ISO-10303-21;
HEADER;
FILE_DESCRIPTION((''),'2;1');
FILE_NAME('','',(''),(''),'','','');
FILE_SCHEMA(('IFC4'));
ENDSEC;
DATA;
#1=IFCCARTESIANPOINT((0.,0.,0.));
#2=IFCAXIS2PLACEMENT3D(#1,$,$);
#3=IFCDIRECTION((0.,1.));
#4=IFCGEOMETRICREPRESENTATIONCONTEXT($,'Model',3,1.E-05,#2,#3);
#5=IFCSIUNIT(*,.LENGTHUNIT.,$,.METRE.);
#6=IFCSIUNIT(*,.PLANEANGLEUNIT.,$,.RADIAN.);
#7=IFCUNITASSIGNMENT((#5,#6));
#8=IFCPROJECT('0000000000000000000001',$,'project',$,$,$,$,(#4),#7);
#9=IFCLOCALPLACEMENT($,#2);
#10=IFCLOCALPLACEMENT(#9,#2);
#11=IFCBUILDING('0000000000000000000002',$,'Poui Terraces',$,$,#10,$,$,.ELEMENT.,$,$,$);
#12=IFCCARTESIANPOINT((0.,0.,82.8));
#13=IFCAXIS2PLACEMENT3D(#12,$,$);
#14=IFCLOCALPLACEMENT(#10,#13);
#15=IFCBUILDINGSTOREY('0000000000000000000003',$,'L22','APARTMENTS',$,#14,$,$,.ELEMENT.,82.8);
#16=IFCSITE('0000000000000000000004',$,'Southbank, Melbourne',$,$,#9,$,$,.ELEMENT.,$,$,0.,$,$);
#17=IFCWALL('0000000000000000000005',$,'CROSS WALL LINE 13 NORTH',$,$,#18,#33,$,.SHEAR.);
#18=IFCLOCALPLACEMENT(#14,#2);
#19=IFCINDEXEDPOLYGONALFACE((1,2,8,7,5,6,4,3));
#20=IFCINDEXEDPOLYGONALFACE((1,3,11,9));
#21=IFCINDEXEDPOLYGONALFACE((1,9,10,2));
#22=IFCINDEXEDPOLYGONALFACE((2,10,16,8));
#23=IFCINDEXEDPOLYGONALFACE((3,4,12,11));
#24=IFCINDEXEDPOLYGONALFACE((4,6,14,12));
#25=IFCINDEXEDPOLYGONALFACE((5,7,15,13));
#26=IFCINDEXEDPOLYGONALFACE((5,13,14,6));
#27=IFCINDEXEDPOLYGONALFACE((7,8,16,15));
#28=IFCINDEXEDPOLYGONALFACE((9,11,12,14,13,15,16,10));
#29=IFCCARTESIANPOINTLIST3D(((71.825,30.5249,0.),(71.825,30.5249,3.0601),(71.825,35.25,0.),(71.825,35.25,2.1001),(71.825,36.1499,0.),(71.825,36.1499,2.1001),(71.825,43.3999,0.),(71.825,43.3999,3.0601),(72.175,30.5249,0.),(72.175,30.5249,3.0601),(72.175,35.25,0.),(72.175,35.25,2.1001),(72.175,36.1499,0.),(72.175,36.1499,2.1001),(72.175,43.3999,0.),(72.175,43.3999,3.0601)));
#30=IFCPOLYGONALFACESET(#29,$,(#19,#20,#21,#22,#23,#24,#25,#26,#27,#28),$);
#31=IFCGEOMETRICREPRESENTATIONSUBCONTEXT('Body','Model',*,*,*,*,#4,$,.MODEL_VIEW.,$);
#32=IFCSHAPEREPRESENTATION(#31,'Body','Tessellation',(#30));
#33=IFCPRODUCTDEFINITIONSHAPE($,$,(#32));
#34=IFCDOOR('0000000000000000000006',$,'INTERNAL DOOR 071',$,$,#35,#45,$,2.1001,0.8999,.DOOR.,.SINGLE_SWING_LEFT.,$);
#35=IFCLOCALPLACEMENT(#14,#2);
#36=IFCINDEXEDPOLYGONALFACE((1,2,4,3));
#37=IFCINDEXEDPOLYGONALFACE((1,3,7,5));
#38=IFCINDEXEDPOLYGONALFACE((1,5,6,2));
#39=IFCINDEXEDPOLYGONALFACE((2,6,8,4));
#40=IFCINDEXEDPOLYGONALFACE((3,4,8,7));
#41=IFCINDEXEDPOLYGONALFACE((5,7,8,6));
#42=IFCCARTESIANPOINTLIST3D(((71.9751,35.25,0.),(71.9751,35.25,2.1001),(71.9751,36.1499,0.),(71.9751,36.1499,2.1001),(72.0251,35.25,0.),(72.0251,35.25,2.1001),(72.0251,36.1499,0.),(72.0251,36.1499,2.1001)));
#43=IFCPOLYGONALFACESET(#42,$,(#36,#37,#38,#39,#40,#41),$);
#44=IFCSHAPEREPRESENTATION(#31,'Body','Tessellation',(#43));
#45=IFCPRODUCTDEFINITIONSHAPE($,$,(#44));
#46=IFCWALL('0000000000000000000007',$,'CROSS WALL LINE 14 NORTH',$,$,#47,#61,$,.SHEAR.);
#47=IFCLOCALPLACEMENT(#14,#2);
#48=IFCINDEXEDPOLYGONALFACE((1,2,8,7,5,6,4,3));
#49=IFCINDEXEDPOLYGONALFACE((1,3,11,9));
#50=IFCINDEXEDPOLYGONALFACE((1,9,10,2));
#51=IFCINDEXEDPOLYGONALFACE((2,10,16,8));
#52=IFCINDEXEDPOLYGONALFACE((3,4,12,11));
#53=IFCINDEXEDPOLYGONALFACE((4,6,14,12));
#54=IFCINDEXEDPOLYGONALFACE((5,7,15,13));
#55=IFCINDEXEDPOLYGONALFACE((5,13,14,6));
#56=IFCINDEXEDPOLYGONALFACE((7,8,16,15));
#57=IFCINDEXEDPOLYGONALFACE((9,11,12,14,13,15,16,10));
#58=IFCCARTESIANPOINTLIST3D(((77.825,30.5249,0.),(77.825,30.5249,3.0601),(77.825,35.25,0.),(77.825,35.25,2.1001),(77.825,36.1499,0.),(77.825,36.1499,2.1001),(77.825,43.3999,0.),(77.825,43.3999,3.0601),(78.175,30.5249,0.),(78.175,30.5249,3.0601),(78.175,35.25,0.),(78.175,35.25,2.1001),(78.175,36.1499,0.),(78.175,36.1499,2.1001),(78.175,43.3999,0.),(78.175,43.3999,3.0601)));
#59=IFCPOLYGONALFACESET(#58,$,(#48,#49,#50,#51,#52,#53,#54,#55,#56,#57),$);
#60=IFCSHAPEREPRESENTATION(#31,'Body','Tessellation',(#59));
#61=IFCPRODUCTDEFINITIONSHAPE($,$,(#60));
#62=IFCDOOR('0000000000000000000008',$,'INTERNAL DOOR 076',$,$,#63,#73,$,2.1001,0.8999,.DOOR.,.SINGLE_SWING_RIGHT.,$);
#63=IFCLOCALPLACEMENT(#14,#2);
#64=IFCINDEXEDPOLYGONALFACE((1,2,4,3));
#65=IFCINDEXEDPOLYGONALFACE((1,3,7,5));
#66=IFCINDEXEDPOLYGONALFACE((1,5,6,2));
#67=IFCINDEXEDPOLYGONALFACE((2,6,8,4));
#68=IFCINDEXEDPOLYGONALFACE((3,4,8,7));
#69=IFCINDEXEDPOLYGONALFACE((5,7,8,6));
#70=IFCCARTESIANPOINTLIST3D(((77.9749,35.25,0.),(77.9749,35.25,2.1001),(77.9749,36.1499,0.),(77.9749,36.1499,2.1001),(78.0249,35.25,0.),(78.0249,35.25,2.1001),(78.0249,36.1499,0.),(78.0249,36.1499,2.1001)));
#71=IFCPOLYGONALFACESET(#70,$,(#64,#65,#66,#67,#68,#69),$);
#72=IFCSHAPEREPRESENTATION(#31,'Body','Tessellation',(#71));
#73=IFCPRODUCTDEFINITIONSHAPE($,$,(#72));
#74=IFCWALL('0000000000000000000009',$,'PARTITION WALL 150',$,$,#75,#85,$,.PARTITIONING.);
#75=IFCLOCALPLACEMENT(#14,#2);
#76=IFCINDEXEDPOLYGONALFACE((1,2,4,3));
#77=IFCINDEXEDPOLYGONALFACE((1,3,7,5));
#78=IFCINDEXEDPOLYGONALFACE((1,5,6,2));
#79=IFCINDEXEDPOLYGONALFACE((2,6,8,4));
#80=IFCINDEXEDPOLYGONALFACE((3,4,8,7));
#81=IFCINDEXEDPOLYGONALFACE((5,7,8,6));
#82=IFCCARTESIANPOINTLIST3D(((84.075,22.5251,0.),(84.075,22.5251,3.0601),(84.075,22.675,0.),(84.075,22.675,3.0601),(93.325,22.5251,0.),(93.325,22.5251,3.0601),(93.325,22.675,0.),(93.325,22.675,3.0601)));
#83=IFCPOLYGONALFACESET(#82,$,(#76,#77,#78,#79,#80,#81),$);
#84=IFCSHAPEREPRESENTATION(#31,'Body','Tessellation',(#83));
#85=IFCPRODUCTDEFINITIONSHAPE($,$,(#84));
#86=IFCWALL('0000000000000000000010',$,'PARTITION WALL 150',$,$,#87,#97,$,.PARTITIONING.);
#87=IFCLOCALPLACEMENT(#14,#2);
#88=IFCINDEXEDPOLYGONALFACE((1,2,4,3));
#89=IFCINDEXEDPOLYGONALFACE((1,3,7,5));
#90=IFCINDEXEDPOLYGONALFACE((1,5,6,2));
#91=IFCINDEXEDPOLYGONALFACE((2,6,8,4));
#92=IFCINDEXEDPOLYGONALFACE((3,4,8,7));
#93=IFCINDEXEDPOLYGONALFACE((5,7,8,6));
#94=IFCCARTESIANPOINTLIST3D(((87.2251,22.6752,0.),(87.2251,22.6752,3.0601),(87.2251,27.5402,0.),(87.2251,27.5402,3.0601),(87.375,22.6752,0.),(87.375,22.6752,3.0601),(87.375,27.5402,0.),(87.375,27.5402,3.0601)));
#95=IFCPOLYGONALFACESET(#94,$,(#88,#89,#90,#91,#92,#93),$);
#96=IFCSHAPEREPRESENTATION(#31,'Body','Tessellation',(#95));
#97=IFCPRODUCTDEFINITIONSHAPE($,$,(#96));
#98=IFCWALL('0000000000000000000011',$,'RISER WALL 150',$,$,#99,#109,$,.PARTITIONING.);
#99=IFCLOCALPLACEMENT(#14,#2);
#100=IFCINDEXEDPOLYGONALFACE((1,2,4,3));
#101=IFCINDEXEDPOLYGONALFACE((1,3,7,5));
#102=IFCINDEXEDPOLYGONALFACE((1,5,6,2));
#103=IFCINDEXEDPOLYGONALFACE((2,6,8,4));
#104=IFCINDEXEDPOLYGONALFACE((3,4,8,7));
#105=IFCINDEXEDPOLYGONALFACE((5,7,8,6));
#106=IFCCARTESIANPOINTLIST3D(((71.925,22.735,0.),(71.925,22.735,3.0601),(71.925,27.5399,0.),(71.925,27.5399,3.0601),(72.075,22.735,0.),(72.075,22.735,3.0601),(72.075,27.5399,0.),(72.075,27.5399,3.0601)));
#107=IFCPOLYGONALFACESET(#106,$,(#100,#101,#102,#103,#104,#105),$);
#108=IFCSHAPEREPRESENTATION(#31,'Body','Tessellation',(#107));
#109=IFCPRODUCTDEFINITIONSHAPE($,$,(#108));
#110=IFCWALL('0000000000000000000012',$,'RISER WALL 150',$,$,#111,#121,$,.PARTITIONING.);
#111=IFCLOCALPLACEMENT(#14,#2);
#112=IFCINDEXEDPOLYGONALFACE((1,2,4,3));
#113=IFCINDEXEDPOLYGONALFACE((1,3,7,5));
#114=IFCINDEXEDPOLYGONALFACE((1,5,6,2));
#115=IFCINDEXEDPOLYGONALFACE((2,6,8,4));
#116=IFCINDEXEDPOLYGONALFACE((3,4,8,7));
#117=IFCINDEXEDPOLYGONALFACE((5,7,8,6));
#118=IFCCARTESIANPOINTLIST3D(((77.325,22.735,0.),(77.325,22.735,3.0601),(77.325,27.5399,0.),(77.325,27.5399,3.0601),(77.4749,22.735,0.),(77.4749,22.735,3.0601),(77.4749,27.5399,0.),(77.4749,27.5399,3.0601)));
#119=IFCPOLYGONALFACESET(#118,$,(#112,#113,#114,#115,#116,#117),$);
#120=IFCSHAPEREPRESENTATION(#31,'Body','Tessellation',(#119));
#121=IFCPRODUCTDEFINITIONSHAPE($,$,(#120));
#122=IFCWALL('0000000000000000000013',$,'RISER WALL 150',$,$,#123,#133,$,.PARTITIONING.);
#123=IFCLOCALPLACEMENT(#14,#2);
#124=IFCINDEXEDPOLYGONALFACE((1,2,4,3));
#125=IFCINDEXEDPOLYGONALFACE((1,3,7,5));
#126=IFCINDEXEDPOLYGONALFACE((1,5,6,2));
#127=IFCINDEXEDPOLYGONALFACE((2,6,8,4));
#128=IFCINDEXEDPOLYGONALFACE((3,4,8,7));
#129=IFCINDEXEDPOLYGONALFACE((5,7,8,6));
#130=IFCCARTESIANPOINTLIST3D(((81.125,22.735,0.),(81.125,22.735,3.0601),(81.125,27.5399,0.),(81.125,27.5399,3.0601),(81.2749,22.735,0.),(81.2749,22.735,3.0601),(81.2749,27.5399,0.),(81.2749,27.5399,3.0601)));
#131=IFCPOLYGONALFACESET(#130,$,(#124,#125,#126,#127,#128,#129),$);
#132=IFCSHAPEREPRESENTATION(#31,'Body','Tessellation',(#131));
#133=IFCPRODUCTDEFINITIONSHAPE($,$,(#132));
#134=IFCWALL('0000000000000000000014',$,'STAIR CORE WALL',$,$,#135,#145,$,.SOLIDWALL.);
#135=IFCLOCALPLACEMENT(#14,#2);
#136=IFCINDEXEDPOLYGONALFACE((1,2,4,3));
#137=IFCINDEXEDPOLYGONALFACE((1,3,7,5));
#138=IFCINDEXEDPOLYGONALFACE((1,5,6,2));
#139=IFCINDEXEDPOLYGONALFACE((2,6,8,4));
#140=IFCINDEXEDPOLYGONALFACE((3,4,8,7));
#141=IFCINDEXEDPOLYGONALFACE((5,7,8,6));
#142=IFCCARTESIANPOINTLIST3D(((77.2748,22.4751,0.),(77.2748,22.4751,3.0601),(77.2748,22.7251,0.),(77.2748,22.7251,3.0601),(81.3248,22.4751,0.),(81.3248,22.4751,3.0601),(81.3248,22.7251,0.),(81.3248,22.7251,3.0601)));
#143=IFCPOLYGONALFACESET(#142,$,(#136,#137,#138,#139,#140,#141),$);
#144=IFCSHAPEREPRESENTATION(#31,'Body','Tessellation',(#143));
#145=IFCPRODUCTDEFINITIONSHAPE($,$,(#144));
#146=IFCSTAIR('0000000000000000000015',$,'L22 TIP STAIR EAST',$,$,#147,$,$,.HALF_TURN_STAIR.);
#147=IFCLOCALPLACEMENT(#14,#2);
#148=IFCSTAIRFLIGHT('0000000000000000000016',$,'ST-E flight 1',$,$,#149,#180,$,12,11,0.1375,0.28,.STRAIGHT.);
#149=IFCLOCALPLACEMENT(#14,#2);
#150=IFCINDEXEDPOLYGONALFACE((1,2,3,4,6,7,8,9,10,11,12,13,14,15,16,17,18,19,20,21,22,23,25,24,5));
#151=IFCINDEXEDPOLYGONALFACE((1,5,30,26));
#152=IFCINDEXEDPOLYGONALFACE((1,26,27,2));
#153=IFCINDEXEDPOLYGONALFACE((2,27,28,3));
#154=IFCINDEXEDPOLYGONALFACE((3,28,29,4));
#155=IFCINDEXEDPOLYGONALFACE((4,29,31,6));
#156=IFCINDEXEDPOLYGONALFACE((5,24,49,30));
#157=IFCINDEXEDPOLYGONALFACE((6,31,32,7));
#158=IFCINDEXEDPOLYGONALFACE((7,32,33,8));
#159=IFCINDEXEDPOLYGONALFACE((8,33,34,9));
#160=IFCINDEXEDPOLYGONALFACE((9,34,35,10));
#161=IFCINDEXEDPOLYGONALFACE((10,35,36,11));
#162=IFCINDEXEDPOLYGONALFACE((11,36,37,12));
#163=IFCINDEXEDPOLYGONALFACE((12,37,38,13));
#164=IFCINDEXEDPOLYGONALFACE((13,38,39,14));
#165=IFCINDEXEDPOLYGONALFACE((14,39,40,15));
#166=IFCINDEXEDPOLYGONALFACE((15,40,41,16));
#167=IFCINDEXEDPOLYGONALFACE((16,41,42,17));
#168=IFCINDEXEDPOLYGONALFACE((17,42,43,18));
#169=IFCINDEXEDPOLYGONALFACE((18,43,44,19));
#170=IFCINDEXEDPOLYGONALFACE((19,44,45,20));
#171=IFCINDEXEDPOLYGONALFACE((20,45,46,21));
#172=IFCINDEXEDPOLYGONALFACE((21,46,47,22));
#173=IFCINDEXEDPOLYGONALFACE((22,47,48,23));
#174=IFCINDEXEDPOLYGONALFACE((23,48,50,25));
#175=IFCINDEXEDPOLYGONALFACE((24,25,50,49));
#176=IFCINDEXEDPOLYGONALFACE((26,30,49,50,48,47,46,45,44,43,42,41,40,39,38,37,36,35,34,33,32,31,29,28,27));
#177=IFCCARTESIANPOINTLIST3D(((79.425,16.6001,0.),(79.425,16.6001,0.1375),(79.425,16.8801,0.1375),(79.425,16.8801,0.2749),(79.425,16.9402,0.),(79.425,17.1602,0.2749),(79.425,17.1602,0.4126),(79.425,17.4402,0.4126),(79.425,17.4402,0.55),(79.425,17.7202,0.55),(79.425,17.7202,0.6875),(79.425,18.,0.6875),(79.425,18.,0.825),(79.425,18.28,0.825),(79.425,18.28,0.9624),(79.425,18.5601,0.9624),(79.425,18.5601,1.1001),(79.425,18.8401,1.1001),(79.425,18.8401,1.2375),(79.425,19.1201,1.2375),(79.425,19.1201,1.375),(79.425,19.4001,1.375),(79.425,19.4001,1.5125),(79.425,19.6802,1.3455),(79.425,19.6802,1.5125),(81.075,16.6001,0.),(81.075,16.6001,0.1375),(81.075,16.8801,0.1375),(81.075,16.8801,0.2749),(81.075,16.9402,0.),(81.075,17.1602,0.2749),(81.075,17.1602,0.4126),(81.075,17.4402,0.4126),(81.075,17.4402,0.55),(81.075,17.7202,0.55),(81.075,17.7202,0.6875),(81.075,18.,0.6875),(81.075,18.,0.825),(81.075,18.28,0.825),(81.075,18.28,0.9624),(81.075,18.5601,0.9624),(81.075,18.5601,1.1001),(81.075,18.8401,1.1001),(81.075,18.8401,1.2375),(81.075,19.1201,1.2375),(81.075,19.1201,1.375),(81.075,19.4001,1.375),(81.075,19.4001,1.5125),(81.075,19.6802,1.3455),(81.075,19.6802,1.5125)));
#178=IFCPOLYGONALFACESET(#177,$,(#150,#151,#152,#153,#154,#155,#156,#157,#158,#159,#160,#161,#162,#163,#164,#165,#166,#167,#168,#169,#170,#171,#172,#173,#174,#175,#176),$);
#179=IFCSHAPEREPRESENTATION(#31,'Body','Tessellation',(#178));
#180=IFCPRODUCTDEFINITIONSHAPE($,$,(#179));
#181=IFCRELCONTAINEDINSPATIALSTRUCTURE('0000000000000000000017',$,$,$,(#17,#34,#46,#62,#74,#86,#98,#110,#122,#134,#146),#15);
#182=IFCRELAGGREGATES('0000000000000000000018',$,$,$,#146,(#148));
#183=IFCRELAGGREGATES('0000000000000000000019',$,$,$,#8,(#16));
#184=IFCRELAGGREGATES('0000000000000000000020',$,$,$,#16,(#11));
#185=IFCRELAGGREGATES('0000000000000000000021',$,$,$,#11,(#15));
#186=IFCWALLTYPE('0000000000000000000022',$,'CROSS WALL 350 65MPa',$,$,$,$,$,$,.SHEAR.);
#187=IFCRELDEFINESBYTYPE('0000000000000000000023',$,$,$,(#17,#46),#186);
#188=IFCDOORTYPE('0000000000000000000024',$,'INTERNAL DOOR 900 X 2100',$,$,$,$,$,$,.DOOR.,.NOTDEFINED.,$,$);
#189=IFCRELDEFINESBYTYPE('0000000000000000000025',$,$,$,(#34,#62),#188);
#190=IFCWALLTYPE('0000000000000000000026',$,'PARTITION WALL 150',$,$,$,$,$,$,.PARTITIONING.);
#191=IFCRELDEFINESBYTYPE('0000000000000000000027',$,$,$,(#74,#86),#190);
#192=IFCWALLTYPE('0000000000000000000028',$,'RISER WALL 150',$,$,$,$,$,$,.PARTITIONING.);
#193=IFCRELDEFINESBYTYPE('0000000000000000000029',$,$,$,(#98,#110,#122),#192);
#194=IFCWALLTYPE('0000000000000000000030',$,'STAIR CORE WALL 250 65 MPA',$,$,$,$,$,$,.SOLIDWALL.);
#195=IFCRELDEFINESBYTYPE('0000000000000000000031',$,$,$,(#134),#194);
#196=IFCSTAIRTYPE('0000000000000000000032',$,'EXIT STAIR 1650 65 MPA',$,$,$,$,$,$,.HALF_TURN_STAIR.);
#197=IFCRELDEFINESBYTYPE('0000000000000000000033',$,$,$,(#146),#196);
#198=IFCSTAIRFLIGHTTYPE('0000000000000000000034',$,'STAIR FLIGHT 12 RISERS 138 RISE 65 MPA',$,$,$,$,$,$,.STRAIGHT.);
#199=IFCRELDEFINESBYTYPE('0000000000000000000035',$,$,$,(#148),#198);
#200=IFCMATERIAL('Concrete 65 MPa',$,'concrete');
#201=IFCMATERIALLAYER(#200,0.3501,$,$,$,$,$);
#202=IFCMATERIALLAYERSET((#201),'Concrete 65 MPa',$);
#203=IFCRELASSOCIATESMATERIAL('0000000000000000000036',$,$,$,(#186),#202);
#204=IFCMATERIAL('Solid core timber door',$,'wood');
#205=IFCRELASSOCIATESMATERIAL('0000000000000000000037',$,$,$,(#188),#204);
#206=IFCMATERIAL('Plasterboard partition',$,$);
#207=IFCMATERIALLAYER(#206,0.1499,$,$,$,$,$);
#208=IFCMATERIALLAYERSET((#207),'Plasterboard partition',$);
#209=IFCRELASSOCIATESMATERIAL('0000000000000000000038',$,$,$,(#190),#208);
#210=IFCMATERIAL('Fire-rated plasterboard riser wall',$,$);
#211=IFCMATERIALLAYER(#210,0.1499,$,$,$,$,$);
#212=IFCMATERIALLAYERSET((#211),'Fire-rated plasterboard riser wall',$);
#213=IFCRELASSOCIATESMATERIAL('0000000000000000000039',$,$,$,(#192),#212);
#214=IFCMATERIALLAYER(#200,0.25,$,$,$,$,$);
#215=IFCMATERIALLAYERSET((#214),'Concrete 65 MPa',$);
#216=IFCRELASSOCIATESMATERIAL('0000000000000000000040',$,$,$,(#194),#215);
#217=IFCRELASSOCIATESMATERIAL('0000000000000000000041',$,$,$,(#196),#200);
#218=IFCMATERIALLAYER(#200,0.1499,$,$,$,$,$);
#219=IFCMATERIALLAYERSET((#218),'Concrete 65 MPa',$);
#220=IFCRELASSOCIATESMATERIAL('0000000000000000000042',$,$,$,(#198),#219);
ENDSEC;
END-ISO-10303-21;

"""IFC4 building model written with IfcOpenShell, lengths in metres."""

from ifc_helpers import new_model, si_unit, direction, frame, frame_2d, origin, place, context, subcontext, project, spatial, polyline, rectangle, outline, extrude, material, layer, layer_set, type_object, element, fill, aggregate, save


model = new_model("IFC4")

# Units and contexts
model_context = context("Model", 3, precision=1e-05, world=origin(), true_north=direction((0.0, 1.0)))
body_context = subcontext(model_context, "Body", "Model", "MODEL_VIEW")
ifc_project = project(units=[si_unit("LENGTHUNIT", "METRE"), si_unit("PLANEANGLEUNIT", "RADIAN")], contexts=[model_context])

# Site, building, storey
site_placement = place(None, origin())
site = spatial("IfcSite", under=ifc_project, at=site_placement, Name="Southbank, Melbourne", CompositionType="ELEMENT", RefElevation=0.0)
building_placement = place(site_placement, origin())
building = spatial("IfcBuilding", under=site, at=building_placement, Name="Poui Terraces", CompositionType="ELEMENT")
storey_placement = place(building_placement, frame((0.0, 0.0, 82.8)))
storey = spatial("IfcBuildingStorey", under=building, at=storey_placement, Name="L22", Description="APARTMENTS", CompositionType="ELEMENT", Elevation=82.8)

# Shared definitions
ifc_material_1 = material(Name="Concrete 65 MPa", Category="concrete")

# Walls, openings, doors
ifc_material_2 = material(Name="Solid core timber door", Category="wood")
ifc_layer_1 = layer(ifc_material_1, 0.3501)
ifc_layer_set_1 = layer_set([ifc_layer_1], Name="Concrete 65 MPa")
wall_type_1 = type_object("IfcWallType", Name="CROSS WALL 350 65MPa", PredefinedType="SHEAR", material=ifc_layer_set_1)
wall_1_placement = place(storey_placement, frame((72.0, 30.5249, 0.0), z_axis=(0.0, 0.0, 1.0), x_axis=(0.0, 1.0, 0.0)))
wall_1 = element("IfcWall", 1, at=wall_1_placement, inside=storey, type_object=wall_type_1, Name="CROSS WALL LINE 13 NORTH", PredefinedType="SHEAR", context=body_context, shape_type="SweptSolid", body=[
    extrude(rectangle(XDim=12.875, YDim=0.3501, at=frame_2d((6.4375, 0.0))), origin(), (0.0, 0.0, 1.0), 3.0601),
])
opening_1_placement = place(wall_1_placement, frame((4.7251, 0.0, 0.0)))
opening_1 = element("IfcOpeningElement", 2, at=opening_1_placement, cuts=wall_1, PredefinedType="OPENING", context=body_context, shape_type="SweptSolid", body=[
    extrude(rectangle(XDim=0.8999, YDim=2.1001, at=frame_2d((0.45, 1.05))), frame((0.0, 0.1851, 0.0), z_axis=(0.0, -1.0, 0.0), x_axis=(1.0, 0.0, 0.0)), (0.0, 0.0, 1.0), 0.3701),
])
door_type_1 = type_object("IfcDoorType", Name="INTERNAL DOOR 900 X 2100", OperationType="NOTDEFINED", PredefinedType="DOOR", material=ifc_material_2)
door_1_placement = place(opening_1_placement, origin())
door_1 = element("IfcDoor", 3, at=door_1_placement, inside=storey, type_object=door_type_1, Name="INTERNAL DOOR 071", OperationType="SINGLE_SWING_LEFT", OverallHeight=2.1001, OverallWidth=0.8999, PredefinedType="DOOR", context=body_context, shape_type="SweptSolid", body=[
    extrude(rectangle(XDim=0.8999, YDim=2.1001, at=frame_2d((0.45, 1.05))), frame((0.0, 0.0249, 0.0), z_axis=(0.0, -1.0, 0.0), x_axis=(1.0, 0.0, 0.0)), (0.0, 0.0, 1.0), 0.05),
])
fill(opening_1, door_1)
wall_2_placement = place(storey_placement, frame((78.0, 30.5249, 0.0), z_axis=(0.0, 0.0, 1.0), x_axis=(0.0, 1.0, 0.0)))
wall_2 = element("IfcWall", 4, at=wall_2_placement, inside=storey, type_object=wall_type_1, Name="CROSS WALL LINE 14 NORTH", PredefinedType="SHEAR", context=body_context, shape_type="SweptSolid", body=[
    extrude(rectangle(XDim=12.875, YDim=0.3501, at=frame_2d((6.4375, 0.0))), origin(), (0.0, 0.0, 1.0), 3.0601),
])
opening_2_placement = place(wall_2_placement, frame((4.7251, 0.0, 0.0)))
opening_2 = element("IfcOpeningElement", 5, at=opening_2_placement, cuts=wall_2, PredefinedType="OPENING", context=body_context, shape_type="SweptSolid", body=[
    extrude(rectangle(XDim=0.8999, YDim=2.1001, at=frame_2d((0.45, 1.05))), frame((0.0, 0.1851, 0.0), z_axis=(0.0, -1.0, 0.0), x_axis=(1.0, 0.0, 0.0)), (0.0, 0.0, 1.0), 0.3701),
])
door_2_placement = place(opening_2_placement, frame((0.8999, 0.0, 0.0), z_axis=(0.0, 0.0, 1.0), x_axis=(-1.0, 0.0, 0.0)))
door_2 = element("IfcDoor", 6, at=door_2_placement, inside=storey, type_object=door_type_1, Name="INTERNAL DOOR 076", OperationType="SINGLE_SWING_RIGHT", OverallHeight=2.1001, OverallWidth=0.8999, PredefinedType="DOOR", context=body_context, shape_type="SweptSolid", body=[
    extrude(rectangle(XDim=0.8999, YDim=2.1001, at=frame_2d((0.45, 1.05))), frame((0.0, 0.0249, 0.0), z_axis=(0.0, -1.0, 0.0), x_axis=(1.0, 0.0, 0.0)), (0.0, 0.0, 1.0), 0.05),
])
fill(opening_2, door_2)

# Walls
ifc_material_3 = material(Name="Plasterboard partition")
ifc_layer_2 = layer(ifc_material_3, 0.1499)
ifc_layer_set_2 = layer_set([ifc_layer_2], Name="Plasterboard partition")
wall_type_2 = type_object("IfcWallType", Name="PARTITION WALL 150", PredefinedType="PARTITIONING", material=ifc_layer_set_2)
wall_3_placement = place(storey_placement, frame((84.075, 22.6001, 0.0), z_axis=(0.0, 0.0, 1.0), x_axis=(1.0, 0.0, 0.0)))
element("IfcWall", 7, at=wall_3_placement, inside=storey, type_object=wall_type_2, Name="PARTITION WALL 150", PredefinedType="PARTITIONING", context=body_context, shape_type="SweptSolid", body=[
    extrude(rectangle(XDim=9.25, YDim=0.1499, at=frame_2d((4.625, 0.0))), origin(), (0.0, 0.0, 1.0), 3.0601),
])
wall_4_placement = place(storey_placement, frame((87.3, 22.675, 0.0), z_axis=(0.0, 0.0, 1.0), x_axis=(0.0, 1.0, 0.0)))
element("IfcWall", 8, at=wall_4_placement, inside=storey, type_object=wall_type_2, Name="PARTITION WALL 150", PredefinedType="PARTITIONING", context=body_context, shape_type="SweptSolid", body=[
    extrude(rectangle(XDim=4.865, YDim=0.1499, at=frame_2d((2.4326, 0.0))), origin(), (0.0, 0.0, 1.0), 3.0601),
])
ifc_material_4 = material(Name="Fire-rated plasterboard riser wall")
ifc_layer_3 = layer(ifc_material_4, 0.1499)
ifc_layer_set_3 = layer_set([ifc_layer_3], Name="Fire-rated plasterboard riser wall")
wall_type_3 = type_object("IfcWallType", Name="RISER WALL 150", PredefinedType="PARTITIONING", material=ifc_layer_set_3)
for number, where, z_axis, x_axis, name in (
    (9, (72.0, 22.7351, 0.0), (0.0, 0.0, 1.0), (0.0, 1.0, 0.0), "RISER WALL 150"),
    (10, (77.3999, 22.7351, 0.0), (0.0, 0.0, 1.0), (0.0, 1.0, 0.0), "RISER WALL 150"),
    (11, (81.2, 22.7351, 0.0), (0.0, 0.0, 1.0), (0.0, 1.0, 0.0), "RISER WALL 150"),
):
    element("IfcWall", number, at=place(storey_placement, frame(where, z_axis=z_axis, x_axis=x_axis)), inside=storey, type_object=wall_type_3, Name=name, PredefinedType="PARTITIONING", context=body_context, shape_type="SweptSolid", body=[
        extrude(rectangle(XDim=4.8049, YDim=0.1499, at=frame_2d((2.4023, 0.0))), origin(), (0.0, 0.0, 1.0), 3.0601),
    ])
ifc_layer_4 = layer(ifc_material_1, 0.25)
ifc_layer_set_4 = layer_set([ifc_layer_4], Name="Concrete 65 MPa")
wall_type_4 = type_object("IfcWallType", Name="STAIR CORE WALL 250 65 MPA", PredefinedType="SOLIDWALL", material=ifc_layer_set_4)
wall_5_placement = place(storey_placement, frame((77.2749, 22.6001, 0.0), z_axis=(0.0, 0.0, 1.0), x_axis=(1.0, 0.0, 0.0)))
element("IfcWall", 12, at=wall_5_placement, inside=storey, type_object=wall_type_4, Name="STAIR CORE WALL", PredefinedType="SOLIDWALL", context=body_context, shape_type="SweptSolid", body=[
    extrude(rectangle(XDim=4.05, YDim=0.25, at=frame_2d((2.0249, 0.0))), origin(), (0.0, 0.0, 1.0), 3.0601),
])

# Stair, stair flight
stair_type = type_object("IfcStairType", Name="EXIT STAIR 1650 65 MPA", PredefinedType="HALF_TURN_STAIR", material=ifc_material_1)
stair_placement = place(storey_placement, origin())
stair = element("IfcStair", 13, at=stair_placement, inside=storey, type_object=stair_type, Name="L22 TIP STAIR EAST", PredefinedType="HALF_TURN_STAIR")
ifc_layer_5 = layer(ifc_material_1, 0.1499)
ifc_layer_set_5 = layer_set([ifc_layer_5], Name="Concrete 65 MPa")
stair_flight_type = type_object("IfcStairFlightType", Name="STAIR FLIGHT 12 RISERS 138 RISE 65 MPA", PredefinedType="STRAIGHT", material=ifc_layer_set_5)
stair_flight_1_placement = place(storey_placement, frame((80.25, 16.6001, 0.0), z_axis=(0.0, 0.0, 1.0), x_axis=(0.0, 1.0, 0.0)))
stair_flight_1 = element("IfcStairFlight", 14, at=stair_flight_1_placement, type_object=stair_flight_type, Name="ST-E flight 1", NumberOfRisers=12, NumberOfTreads=11, PredefinedType="STRAIGHT", RiserHeight=0.1375, TreadLength=0.28, context=body_context, shape_type="SweptSolid", body=[
    extrude(outline(polyline([(0.0, 0.0), (0.0, 0.1375), (0.28, 0.1375), (0.28, 0.2749), (0.5601, 0.2749), (0.5601, 0.4126), (0.8401, 0.4126), (0.8401, 0.55), (1.1201, 0.55), (1.1201, 0.6875), (1.3999, 0.6875), (1.3999, 0.825), (1.6799, 0.825), (1.6799, 0.9624), (1.96, 0.9624), (1.96, 1.1001), (2.24, 1.1001), (2.24, 1.2375), (2.52, 1.2375), (2.52, 1.375), (2.8, 1.375), (2.8, 1.5125), (3.0801, 1.5125), (3.0801, 1.6499), (3.0801, 1.3455), (0.3401, 0.0), (0.0, 0.0)])), frame((0.0, 0.825, 0.0), z_axis=(0.0, -1.0, 0.0), x_axis=(1.0, 0.0, 0.0)), (0.0, 0.0, 1.0), 1.6499),
])
aggregate(stair, [stair_flight_1])

save(model, "model.ifc")
